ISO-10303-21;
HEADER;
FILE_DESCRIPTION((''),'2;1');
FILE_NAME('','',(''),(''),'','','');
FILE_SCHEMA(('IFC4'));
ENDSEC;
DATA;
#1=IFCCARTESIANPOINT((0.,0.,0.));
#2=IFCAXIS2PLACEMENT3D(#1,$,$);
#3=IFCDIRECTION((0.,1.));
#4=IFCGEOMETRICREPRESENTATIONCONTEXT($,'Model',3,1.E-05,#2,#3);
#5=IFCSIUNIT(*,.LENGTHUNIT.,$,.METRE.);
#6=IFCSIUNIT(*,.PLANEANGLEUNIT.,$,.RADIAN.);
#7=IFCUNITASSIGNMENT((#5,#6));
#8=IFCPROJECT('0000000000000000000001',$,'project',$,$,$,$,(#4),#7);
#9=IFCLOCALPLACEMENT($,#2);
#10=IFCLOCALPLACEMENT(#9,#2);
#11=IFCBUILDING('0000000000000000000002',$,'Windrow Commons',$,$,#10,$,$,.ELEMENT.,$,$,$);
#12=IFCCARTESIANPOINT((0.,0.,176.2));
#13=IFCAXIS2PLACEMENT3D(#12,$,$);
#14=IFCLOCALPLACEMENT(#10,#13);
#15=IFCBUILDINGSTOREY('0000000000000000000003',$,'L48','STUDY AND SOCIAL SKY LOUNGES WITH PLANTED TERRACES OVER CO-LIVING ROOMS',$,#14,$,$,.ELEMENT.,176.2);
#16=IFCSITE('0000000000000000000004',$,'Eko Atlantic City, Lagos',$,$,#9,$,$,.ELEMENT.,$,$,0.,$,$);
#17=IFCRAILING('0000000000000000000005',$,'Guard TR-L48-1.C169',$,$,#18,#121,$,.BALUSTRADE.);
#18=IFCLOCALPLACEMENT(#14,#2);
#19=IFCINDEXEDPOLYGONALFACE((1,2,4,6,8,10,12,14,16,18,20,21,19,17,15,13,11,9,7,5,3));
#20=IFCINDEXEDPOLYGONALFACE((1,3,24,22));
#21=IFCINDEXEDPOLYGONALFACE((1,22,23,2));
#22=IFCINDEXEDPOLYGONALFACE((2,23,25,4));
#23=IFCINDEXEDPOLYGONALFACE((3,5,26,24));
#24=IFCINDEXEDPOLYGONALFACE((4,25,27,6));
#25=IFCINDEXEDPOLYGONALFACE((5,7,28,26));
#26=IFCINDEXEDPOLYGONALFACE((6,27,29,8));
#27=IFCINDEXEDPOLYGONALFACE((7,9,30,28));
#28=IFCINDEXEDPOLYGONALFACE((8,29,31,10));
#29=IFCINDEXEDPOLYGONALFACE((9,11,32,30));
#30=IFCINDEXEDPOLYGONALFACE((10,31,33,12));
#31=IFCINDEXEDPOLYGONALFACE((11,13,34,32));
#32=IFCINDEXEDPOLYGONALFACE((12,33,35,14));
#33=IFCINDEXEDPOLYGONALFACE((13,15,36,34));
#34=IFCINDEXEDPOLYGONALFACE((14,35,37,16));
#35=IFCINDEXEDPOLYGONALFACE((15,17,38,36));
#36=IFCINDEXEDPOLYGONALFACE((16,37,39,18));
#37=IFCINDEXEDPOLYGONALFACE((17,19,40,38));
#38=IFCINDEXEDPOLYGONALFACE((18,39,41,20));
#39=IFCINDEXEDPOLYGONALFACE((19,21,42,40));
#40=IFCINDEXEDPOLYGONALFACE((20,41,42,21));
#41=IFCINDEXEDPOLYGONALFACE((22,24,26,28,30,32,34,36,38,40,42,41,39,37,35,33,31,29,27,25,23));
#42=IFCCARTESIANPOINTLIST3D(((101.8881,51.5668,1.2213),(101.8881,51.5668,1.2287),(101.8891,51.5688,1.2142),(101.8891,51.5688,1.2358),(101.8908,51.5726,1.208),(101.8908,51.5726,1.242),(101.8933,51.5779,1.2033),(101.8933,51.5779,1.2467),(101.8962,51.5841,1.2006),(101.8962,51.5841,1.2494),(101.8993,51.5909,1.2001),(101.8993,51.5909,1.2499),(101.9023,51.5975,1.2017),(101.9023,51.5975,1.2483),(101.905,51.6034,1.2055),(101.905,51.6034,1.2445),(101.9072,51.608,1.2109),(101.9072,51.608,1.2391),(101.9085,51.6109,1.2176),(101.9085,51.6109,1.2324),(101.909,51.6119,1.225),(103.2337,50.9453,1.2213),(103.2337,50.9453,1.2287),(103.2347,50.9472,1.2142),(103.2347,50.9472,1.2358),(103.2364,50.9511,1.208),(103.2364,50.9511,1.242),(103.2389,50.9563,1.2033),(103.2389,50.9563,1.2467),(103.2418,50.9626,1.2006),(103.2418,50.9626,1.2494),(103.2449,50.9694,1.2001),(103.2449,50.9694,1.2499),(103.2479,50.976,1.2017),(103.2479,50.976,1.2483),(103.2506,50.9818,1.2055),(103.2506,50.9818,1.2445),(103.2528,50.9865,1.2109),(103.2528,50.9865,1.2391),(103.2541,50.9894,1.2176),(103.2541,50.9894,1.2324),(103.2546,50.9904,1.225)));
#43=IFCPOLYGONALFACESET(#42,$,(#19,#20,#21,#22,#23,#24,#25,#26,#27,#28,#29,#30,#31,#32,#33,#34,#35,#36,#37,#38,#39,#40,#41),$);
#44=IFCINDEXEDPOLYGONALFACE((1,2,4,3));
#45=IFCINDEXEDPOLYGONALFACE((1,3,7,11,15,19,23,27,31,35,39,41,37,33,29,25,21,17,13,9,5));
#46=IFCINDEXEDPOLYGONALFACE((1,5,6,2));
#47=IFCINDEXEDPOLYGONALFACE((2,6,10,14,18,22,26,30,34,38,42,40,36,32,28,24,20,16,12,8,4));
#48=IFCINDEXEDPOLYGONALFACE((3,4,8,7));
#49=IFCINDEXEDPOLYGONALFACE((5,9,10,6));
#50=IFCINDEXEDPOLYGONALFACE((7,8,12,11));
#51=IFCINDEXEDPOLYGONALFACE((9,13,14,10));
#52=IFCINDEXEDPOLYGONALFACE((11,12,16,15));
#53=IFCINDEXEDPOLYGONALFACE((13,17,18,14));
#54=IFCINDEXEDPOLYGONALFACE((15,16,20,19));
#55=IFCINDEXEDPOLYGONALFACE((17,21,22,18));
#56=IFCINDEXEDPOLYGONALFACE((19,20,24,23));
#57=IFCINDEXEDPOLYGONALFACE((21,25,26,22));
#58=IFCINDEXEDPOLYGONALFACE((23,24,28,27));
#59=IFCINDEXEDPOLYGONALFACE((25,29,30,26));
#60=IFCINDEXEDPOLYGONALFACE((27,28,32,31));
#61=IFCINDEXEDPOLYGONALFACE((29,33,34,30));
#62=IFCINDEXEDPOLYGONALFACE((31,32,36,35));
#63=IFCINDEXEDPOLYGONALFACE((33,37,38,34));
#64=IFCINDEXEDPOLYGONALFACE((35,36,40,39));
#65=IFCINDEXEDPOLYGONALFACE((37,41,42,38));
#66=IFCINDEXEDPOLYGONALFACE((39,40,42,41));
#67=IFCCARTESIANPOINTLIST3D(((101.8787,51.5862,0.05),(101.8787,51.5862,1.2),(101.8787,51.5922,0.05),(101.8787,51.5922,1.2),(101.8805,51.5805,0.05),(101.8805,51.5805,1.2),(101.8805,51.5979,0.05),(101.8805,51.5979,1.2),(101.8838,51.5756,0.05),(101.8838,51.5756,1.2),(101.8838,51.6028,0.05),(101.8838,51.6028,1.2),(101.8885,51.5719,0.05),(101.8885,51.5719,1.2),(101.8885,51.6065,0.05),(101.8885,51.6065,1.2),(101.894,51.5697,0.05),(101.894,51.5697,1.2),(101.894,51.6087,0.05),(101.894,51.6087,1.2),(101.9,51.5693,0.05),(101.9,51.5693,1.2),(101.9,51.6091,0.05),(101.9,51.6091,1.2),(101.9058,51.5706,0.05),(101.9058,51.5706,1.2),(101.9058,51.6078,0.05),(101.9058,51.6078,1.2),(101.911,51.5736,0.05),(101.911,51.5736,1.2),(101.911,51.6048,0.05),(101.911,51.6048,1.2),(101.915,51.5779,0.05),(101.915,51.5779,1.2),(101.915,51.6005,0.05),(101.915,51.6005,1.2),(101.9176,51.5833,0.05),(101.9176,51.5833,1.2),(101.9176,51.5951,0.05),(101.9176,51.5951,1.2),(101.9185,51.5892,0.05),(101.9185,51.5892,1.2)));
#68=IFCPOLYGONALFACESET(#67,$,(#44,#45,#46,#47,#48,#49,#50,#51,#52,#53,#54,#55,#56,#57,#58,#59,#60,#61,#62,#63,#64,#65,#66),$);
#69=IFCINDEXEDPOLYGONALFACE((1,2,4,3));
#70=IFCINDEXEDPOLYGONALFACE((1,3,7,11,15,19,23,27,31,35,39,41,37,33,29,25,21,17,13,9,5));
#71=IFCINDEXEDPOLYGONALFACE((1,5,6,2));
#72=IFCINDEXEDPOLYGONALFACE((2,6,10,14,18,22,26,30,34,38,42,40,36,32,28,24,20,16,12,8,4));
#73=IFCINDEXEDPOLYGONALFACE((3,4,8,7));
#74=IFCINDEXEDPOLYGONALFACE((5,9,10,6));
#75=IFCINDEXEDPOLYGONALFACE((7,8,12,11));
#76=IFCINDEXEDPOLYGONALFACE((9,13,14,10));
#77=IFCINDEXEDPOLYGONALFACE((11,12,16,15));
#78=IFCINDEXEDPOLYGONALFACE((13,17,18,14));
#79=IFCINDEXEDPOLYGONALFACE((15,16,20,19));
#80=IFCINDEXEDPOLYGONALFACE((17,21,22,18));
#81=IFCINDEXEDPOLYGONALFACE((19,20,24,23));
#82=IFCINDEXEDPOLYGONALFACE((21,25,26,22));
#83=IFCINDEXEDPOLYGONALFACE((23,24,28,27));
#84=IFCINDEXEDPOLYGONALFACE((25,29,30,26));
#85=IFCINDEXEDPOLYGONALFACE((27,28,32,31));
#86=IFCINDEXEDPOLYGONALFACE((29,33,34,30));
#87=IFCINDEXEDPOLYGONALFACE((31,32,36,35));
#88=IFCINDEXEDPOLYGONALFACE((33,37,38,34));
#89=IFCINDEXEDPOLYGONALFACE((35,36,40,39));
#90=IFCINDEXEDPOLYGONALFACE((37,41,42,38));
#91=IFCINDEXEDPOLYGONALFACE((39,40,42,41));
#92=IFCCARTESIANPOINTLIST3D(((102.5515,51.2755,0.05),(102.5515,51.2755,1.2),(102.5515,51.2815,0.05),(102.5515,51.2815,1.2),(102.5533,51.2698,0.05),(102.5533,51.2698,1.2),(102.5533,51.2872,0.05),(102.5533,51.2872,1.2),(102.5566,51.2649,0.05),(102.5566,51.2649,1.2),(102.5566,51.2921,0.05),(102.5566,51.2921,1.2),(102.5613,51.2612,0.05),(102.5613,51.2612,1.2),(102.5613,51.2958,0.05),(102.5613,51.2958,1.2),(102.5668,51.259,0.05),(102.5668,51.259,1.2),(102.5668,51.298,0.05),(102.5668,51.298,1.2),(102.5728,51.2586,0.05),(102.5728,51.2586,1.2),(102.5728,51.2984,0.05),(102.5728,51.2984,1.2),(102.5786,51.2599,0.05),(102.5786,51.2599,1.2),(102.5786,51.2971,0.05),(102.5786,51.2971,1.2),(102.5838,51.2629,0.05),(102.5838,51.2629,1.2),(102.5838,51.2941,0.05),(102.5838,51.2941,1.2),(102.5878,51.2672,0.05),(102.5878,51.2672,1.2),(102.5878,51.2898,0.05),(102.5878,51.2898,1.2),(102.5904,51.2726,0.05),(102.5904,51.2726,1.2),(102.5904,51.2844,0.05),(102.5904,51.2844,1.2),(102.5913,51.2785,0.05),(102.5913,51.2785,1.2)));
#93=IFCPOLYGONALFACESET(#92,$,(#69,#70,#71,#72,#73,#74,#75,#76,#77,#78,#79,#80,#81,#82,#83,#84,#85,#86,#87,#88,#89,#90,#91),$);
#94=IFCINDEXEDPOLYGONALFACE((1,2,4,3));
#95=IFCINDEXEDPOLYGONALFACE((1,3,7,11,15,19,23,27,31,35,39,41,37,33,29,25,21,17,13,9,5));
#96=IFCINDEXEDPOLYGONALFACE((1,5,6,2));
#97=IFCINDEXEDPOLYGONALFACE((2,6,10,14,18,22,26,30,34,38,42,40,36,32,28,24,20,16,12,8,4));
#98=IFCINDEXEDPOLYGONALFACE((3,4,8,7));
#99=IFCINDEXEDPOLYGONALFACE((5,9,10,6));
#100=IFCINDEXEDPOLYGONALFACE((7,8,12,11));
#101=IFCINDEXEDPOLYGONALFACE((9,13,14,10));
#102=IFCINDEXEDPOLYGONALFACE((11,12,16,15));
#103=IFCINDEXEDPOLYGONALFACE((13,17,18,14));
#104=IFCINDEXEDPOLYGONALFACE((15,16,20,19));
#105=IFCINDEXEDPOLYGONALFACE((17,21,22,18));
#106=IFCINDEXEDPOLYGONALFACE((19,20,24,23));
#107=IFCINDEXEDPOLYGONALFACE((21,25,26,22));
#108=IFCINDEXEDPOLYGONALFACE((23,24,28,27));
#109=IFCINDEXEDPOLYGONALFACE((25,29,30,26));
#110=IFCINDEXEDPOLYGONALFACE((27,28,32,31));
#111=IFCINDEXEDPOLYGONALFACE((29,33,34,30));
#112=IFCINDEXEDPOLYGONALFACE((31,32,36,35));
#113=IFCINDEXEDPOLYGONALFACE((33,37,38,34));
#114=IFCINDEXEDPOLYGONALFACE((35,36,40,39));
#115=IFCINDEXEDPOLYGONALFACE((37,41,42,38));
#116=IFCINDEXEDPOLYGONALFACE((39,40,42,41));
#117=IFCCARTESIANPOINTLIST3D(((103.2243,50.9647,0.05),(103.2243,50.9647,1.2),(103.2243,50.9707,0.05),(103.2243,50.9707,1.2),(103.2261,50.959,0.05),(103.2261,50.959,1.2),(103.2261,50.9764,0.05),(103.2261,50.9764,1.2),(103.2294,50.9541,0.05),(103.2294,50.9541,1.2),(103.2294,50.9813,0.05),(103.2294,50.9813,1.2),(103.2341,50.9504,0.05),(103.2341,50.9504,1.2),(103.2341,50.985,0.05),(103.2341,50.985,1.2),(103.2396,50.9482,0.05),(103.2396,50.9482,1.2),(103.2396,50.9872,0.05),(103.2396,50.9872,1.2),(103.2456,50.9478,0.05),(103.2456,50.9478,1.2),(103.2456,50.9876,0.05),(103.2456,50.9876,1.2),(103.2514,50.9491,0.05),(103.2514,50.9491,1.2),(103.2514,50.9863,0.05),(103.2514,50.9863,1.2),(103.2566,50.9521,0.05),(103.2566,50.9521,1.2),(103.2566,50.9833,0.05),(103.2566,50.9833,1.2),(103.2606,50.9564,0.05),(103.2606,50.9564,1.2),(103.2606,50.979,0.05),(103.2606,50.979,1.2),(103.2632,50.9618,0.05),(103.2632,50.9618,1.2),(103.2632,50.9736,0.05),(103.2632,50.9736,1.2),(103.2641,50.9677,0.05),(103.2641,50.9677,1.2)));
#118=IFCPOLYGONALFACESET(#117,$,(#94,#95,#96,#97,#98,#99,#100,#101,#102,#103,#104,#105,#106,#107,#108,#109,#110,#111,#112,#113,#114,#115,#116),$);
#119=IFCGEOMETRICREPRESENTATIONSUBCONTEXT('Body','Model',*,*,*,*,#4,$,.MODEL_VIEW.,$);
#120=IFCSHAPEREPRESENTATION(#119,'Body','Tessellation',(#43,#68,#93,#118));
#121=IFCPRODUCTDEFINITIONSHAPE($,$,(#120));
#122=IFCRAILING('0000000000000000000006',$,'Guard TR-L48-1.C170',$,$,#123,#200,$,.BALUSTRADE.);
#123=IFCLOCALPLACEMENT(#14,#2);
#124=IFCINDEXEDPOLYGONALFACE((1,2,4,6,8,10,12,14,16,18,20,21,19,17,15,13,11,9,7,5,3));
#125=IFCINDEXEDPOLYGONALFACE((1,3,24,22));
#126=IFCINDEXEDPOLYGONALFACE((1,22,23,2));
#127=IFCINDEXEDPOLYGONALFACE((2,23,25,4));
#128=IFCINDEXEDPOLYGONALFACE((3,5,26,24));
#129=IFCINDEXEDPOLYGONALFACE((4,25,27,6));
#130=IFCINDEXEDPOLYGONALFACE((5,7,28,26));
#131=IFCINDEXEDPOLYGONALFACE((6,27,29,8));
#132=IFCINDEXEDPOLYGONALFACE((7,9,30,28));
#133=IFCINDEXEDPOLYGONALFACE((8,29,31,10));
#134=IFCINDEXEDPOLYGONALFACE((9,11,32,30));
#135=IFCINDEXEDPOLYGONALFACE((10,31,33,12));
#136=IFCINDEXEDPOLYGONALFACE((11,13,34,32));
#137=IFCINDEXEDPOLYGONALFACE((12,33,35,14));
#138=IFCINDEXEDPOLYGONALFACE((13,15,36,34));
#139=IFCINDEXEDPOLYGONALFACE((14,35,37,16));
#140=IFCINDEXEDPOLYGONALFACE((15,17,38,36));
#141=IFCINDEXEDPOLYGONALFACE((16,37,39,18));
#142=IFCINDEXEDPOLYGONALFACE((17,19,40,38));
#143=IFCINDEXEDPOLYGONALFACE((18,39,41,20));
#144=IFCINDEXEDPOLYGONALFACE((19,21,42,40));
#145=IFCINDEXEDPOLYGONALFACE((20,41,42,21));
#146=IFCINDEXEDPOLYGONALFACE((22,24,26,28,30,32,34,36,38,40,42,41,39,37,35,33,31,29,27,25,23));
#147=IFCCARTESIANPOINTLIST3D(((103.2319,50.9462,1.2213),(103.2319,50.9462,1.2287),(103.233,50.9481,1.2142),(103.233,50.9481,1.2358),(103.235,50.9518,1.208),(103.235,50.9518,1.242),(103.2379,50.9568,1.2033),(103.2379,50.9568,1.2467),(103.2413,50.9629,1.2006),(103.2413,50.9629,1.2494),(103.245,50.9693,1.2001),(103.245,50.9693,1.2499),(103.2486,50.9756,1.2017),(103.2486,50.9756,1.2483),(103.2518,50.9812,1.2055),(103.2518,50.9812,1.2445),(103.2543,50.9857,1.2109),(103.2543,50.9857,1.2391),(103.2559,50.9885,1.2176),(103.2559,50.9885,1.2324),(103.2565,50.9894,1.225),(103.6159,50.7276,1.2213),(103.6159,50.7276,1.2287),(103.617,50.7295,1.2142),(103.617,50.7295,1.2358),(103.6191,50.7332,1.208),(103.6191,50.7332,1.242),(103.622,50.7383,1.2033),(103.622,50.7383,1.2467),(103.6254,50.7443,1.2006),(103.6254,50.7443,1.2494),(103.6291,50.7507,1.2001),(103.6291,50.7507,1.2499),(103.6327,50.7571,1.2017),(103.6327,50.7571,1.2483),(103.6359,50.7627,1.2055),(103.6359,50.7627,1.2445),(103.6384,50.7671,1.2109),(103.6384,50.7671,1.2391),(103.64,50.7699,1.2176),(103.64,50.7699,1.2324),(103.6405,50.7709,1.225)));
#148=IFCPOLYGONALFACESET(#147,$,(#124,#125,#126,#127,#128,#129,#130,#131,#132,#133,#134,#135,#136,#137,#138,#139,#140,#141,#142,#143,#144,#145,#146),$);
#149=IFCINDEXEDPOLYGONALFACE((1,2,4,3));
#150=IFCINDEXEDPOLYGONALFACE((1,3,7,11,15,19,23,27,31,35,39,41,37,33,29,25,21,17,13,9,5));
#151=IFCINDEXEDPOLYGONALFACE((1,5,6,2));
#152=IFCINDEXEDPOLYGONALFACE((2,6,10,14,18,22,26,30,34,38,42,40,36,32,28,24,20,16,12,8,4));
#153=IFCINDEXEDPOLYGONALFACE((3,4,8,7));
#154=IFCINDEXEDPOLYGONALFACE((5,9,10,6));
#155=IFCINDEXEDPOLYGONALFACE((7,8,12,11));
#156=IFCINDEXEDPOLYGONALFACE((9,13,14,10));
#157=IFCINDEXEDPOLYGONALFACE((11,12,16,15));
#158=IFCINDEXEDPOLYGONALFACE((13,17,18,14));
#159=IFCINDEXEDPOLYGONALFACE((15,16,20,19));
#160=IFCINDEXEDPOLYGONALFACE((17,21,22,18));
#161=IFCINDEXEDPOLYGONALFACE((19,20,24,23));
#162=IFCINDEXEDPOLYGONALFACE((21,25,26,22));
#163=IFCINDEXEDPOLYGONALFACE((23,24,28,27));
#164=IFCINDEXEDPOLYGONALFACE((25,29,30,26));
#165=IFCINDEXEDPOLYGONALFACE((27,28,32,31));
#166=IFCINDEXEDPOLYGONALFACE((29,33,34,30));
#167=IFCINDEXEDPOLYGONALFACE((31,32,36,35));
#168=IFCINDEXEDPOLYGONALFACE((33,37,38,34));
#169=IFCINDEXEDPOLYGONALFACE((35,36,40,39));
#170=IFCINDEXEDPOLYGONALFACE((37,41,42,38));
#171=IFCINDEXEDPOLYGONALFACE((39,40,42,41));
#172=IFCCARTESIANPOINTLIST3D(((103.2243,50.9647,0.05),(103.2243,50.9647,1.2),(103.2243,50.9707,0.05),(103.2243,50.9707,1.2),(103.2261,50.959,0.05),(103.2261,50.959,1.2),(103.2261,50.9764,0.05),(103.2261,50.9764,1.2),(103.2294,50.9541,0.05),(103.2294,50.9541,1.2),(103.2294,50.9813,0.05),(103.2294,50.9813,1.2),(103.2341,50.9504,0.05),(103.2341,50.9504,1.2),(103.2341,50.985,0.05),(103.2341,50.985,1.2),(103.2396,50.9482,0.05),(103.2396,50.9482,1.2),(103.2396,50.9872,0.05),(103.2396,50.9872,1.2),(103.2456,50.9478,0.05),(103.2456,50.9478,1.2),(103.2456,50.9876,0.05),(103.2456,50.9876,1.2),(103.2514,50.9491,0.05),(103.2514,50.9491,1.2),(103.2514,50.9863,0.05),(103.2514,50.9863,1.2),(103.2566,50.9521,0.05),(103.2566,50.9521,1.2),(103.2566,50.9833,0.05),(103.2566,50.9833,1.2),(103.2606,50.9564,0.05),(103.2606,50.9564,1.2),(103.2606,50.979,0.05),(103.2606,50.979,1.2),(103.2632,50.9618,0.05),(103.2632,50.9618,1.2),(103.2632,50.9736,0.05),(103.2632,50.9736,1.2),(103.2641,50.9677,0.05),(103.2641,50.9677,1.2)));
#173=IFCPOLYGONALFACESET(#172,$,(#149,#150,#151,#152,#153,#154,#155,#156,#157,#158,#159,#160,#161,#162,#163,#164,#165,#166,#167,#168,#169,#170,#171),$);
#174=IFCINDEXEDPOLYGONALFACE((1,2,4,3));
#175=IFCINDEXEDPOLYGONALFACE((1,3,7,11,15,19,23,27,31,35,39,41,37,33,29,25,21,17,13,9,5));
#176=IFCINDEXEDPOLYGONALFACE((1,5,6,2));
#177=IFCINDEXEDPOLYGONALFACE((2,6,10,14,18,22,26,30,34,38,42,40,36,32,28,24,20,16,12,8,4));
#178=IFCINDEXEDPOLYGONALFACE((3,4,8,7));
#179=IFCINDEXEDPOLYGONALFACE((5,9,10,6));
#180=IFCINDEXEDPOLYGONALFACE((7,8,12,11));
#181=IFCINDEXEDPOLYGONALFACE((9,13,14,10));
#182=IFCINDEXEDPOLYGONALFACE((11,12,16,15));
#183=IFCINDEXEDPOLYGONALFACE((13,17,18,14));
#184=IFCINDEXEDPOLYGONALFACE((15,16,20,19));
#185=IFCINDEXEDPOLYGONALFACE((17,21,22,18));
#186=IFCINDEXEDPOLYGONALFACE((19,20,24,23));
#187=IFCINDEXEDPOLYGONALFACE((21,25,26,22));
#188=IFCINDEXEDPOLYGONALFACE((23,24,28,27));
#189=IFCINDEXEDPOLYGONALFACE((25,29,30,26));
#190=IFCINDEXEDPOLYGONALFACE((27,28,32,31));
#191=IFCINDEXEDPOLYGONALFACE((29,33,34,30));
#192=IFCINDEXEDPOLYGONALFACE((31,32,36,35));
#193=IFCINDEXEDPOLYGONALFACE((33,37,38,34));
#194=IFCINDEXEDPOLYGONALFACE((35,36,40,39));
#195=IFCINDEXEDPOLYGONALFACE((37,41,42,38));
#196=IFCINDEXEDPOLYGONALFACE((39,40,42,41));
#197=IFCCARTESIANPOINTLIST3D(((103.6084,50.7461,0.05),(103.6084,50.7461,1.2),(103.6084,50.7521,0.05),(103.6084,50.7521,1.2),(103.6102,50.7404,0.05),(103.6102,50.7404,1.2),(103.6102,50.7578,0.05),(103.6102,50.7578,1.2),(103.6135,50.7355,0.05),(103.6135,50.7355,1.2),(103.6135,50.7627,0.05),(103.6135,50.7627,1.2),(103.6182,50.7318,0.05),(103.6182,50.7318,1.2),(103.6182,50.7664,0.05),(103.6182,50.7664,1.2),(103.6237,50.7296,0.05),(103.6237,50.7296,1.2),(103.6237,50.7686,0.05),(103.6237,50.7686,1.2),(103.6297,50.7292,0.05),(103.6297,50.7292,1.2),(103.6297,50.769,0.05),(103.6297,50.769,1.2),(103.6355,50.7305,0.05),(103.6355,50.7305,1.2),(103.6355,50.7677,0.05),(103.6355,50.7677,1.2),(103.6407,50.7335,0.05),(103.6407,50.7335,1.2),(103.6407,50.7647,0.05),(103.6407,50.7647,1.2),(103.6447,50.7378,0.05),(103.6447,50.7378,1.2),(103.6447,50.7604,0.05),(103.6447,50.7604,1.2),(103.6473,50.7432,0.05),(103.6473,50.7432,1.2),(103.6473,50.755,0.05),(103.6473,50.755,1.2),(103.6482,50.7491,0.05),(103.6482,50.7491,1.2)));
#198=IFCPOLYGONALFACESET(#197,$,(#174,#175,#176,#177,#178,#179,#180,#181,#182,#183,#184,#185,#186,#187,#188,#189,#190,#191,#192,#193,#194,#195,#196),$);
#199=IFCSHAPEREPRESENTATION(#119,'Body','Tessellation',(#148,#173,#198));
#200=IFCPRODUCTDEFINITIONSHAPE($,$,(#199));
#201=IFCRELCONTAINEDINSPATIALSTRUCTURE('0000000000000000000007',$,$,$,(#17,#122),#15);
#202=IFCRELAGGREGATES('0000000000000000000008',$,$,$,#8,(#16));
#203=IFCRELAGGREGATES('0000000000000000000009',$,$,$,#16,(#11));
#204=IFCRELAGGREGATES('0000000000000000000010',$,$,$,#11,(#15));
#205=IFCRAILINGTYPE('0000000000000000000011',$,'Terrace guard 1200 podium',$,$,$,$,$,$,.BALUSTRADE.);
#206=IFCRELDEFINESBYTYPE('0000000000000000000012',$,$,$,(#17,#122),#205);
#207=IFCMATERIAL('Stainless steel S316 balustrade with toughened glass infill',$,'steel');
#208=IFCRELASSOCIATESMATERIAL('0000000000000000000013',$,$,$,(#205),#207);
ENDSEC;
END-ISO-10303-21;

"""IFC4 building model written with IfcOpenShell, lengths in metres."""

from ifc_helpers import new_model, si_unit, direction, frame, origin, origin_2d, place, context, subcontext, project, spatial, circle, extrude, material, type_object, element, save


model = new_model("IFC4")

# Units and contexts
model_context = context("Model", 3, precision=1e-05, world=origin(), true_north=direction((0.0, 1.0)))
body_context = subcontext(model_context, "Body", "Model", "MODEL_VIEW")
ifc_project = project(units=[si_unit("LENGTHUNIT", "METRE"), si_unit("PLANEANGLEUNIT", "RADIAN")], contexts=[model_context])

# Site, building, storey
site_placement = place(None, origin())
site = spatial("IfcSite", under=ifc_project, at=site_placement, Name="Eko Atlantic City, Lagos", CompositionType="ELEMENT", RefElevation=0.0)
building_placement = place(site_placement, origin())
building = spatial("IfcBuilding", under=site, at=building_placement, Name="Windrow Commons", CompositionType="ELEMENT")
storey_placement = place(building_placement, frame((0.0, 0.0, 176.2)))
storey = spatial("IfcBuildingStorey", under=building, at=storey_placement, Name="L48", Description="STUDY AND SOCIAL SKY LOUNGES WITH PLANTED TERRACES OVER CO-LIVING ROOMS", CompositionType="ELEMENT", Elevation=176.2)

# Railings
ifc_material_1 = material(Name="Stainless steel S316 balustrade with toughened glass infill", Category="steel")
railing_type_1 = type_object("IfcRailingType", Name="Terrace guard 1200 podium", PredefinedType="BALUSTRADE", material=ifc_material_1)
railing_1_placement = place(storey_placement, frame((101.8985, 51.5892, 0.05)))
element("IfcRailing", 1, at=railing_1_placement, inside=storey, type_object=railing_type_1, Name="Guard TR-L48-1.C169", PredefinedType="BALUSTRADE", context=body_context, shape_type="SweptSolid", body=[
    extrude(circle(Radius=0.025, at=origin_2d()), frame((0.0, 0.0, 1.175), z_axis=(0.907843, -0.419311, 0.0), x_axis=(0.419311, 0.907843, 0.0)), (0.0, 0.0, 1.0), 1.4822),
    extrude(circle(Radius=0.02, at=origin_2d()), origin(), (0.0, 0.0, 1.0), 1.15),
    extrude(circle(Radius=0.02, at=origin_2d()), frame((0.6728, -0.3107, 0.0)), (0.0, 0.0, 1.0), 1.15),
    extrude(circle(Radius=0.02, at=origin_2d()), frame((1.3456, -0.6215, 0.0)), (0.0, 0.0, 1.0), 1.15),
])
railing_2_placement = place(storey_placement, frame((103.2441, 50.9677, 0.05)))
element("IfcRailing", 2, at=railing_2_placement, inside=storey, type_object=railing_type_1, Name="Guard TR-L48-1.C170", PredefinedType="BALUSTRADE", context=body_context, shape_type="SweptSolid", body=[
    extrude(circle(Radius=0.025, at=origin_2d()), frame((0.0, 0.0, 1.175), z_axis=(0.869105, -0.494627, 0.0), x_axis=(0.494627, 0.869105, 0.0)), (0.0, 0.0, 1.0), 0.4419),
    extrude(circle(Radius=0.02, at=origin_2d()), origin(), (0.0, 0.0, 1.0), 1.15),
    extrude(circle(Radius=0.02, at=origin_2d()), frame((0.3841, -0.2186, 0.0)), (0.0, 0.0, 1.0), 1.15),
])

save(model, "model.ifc")
